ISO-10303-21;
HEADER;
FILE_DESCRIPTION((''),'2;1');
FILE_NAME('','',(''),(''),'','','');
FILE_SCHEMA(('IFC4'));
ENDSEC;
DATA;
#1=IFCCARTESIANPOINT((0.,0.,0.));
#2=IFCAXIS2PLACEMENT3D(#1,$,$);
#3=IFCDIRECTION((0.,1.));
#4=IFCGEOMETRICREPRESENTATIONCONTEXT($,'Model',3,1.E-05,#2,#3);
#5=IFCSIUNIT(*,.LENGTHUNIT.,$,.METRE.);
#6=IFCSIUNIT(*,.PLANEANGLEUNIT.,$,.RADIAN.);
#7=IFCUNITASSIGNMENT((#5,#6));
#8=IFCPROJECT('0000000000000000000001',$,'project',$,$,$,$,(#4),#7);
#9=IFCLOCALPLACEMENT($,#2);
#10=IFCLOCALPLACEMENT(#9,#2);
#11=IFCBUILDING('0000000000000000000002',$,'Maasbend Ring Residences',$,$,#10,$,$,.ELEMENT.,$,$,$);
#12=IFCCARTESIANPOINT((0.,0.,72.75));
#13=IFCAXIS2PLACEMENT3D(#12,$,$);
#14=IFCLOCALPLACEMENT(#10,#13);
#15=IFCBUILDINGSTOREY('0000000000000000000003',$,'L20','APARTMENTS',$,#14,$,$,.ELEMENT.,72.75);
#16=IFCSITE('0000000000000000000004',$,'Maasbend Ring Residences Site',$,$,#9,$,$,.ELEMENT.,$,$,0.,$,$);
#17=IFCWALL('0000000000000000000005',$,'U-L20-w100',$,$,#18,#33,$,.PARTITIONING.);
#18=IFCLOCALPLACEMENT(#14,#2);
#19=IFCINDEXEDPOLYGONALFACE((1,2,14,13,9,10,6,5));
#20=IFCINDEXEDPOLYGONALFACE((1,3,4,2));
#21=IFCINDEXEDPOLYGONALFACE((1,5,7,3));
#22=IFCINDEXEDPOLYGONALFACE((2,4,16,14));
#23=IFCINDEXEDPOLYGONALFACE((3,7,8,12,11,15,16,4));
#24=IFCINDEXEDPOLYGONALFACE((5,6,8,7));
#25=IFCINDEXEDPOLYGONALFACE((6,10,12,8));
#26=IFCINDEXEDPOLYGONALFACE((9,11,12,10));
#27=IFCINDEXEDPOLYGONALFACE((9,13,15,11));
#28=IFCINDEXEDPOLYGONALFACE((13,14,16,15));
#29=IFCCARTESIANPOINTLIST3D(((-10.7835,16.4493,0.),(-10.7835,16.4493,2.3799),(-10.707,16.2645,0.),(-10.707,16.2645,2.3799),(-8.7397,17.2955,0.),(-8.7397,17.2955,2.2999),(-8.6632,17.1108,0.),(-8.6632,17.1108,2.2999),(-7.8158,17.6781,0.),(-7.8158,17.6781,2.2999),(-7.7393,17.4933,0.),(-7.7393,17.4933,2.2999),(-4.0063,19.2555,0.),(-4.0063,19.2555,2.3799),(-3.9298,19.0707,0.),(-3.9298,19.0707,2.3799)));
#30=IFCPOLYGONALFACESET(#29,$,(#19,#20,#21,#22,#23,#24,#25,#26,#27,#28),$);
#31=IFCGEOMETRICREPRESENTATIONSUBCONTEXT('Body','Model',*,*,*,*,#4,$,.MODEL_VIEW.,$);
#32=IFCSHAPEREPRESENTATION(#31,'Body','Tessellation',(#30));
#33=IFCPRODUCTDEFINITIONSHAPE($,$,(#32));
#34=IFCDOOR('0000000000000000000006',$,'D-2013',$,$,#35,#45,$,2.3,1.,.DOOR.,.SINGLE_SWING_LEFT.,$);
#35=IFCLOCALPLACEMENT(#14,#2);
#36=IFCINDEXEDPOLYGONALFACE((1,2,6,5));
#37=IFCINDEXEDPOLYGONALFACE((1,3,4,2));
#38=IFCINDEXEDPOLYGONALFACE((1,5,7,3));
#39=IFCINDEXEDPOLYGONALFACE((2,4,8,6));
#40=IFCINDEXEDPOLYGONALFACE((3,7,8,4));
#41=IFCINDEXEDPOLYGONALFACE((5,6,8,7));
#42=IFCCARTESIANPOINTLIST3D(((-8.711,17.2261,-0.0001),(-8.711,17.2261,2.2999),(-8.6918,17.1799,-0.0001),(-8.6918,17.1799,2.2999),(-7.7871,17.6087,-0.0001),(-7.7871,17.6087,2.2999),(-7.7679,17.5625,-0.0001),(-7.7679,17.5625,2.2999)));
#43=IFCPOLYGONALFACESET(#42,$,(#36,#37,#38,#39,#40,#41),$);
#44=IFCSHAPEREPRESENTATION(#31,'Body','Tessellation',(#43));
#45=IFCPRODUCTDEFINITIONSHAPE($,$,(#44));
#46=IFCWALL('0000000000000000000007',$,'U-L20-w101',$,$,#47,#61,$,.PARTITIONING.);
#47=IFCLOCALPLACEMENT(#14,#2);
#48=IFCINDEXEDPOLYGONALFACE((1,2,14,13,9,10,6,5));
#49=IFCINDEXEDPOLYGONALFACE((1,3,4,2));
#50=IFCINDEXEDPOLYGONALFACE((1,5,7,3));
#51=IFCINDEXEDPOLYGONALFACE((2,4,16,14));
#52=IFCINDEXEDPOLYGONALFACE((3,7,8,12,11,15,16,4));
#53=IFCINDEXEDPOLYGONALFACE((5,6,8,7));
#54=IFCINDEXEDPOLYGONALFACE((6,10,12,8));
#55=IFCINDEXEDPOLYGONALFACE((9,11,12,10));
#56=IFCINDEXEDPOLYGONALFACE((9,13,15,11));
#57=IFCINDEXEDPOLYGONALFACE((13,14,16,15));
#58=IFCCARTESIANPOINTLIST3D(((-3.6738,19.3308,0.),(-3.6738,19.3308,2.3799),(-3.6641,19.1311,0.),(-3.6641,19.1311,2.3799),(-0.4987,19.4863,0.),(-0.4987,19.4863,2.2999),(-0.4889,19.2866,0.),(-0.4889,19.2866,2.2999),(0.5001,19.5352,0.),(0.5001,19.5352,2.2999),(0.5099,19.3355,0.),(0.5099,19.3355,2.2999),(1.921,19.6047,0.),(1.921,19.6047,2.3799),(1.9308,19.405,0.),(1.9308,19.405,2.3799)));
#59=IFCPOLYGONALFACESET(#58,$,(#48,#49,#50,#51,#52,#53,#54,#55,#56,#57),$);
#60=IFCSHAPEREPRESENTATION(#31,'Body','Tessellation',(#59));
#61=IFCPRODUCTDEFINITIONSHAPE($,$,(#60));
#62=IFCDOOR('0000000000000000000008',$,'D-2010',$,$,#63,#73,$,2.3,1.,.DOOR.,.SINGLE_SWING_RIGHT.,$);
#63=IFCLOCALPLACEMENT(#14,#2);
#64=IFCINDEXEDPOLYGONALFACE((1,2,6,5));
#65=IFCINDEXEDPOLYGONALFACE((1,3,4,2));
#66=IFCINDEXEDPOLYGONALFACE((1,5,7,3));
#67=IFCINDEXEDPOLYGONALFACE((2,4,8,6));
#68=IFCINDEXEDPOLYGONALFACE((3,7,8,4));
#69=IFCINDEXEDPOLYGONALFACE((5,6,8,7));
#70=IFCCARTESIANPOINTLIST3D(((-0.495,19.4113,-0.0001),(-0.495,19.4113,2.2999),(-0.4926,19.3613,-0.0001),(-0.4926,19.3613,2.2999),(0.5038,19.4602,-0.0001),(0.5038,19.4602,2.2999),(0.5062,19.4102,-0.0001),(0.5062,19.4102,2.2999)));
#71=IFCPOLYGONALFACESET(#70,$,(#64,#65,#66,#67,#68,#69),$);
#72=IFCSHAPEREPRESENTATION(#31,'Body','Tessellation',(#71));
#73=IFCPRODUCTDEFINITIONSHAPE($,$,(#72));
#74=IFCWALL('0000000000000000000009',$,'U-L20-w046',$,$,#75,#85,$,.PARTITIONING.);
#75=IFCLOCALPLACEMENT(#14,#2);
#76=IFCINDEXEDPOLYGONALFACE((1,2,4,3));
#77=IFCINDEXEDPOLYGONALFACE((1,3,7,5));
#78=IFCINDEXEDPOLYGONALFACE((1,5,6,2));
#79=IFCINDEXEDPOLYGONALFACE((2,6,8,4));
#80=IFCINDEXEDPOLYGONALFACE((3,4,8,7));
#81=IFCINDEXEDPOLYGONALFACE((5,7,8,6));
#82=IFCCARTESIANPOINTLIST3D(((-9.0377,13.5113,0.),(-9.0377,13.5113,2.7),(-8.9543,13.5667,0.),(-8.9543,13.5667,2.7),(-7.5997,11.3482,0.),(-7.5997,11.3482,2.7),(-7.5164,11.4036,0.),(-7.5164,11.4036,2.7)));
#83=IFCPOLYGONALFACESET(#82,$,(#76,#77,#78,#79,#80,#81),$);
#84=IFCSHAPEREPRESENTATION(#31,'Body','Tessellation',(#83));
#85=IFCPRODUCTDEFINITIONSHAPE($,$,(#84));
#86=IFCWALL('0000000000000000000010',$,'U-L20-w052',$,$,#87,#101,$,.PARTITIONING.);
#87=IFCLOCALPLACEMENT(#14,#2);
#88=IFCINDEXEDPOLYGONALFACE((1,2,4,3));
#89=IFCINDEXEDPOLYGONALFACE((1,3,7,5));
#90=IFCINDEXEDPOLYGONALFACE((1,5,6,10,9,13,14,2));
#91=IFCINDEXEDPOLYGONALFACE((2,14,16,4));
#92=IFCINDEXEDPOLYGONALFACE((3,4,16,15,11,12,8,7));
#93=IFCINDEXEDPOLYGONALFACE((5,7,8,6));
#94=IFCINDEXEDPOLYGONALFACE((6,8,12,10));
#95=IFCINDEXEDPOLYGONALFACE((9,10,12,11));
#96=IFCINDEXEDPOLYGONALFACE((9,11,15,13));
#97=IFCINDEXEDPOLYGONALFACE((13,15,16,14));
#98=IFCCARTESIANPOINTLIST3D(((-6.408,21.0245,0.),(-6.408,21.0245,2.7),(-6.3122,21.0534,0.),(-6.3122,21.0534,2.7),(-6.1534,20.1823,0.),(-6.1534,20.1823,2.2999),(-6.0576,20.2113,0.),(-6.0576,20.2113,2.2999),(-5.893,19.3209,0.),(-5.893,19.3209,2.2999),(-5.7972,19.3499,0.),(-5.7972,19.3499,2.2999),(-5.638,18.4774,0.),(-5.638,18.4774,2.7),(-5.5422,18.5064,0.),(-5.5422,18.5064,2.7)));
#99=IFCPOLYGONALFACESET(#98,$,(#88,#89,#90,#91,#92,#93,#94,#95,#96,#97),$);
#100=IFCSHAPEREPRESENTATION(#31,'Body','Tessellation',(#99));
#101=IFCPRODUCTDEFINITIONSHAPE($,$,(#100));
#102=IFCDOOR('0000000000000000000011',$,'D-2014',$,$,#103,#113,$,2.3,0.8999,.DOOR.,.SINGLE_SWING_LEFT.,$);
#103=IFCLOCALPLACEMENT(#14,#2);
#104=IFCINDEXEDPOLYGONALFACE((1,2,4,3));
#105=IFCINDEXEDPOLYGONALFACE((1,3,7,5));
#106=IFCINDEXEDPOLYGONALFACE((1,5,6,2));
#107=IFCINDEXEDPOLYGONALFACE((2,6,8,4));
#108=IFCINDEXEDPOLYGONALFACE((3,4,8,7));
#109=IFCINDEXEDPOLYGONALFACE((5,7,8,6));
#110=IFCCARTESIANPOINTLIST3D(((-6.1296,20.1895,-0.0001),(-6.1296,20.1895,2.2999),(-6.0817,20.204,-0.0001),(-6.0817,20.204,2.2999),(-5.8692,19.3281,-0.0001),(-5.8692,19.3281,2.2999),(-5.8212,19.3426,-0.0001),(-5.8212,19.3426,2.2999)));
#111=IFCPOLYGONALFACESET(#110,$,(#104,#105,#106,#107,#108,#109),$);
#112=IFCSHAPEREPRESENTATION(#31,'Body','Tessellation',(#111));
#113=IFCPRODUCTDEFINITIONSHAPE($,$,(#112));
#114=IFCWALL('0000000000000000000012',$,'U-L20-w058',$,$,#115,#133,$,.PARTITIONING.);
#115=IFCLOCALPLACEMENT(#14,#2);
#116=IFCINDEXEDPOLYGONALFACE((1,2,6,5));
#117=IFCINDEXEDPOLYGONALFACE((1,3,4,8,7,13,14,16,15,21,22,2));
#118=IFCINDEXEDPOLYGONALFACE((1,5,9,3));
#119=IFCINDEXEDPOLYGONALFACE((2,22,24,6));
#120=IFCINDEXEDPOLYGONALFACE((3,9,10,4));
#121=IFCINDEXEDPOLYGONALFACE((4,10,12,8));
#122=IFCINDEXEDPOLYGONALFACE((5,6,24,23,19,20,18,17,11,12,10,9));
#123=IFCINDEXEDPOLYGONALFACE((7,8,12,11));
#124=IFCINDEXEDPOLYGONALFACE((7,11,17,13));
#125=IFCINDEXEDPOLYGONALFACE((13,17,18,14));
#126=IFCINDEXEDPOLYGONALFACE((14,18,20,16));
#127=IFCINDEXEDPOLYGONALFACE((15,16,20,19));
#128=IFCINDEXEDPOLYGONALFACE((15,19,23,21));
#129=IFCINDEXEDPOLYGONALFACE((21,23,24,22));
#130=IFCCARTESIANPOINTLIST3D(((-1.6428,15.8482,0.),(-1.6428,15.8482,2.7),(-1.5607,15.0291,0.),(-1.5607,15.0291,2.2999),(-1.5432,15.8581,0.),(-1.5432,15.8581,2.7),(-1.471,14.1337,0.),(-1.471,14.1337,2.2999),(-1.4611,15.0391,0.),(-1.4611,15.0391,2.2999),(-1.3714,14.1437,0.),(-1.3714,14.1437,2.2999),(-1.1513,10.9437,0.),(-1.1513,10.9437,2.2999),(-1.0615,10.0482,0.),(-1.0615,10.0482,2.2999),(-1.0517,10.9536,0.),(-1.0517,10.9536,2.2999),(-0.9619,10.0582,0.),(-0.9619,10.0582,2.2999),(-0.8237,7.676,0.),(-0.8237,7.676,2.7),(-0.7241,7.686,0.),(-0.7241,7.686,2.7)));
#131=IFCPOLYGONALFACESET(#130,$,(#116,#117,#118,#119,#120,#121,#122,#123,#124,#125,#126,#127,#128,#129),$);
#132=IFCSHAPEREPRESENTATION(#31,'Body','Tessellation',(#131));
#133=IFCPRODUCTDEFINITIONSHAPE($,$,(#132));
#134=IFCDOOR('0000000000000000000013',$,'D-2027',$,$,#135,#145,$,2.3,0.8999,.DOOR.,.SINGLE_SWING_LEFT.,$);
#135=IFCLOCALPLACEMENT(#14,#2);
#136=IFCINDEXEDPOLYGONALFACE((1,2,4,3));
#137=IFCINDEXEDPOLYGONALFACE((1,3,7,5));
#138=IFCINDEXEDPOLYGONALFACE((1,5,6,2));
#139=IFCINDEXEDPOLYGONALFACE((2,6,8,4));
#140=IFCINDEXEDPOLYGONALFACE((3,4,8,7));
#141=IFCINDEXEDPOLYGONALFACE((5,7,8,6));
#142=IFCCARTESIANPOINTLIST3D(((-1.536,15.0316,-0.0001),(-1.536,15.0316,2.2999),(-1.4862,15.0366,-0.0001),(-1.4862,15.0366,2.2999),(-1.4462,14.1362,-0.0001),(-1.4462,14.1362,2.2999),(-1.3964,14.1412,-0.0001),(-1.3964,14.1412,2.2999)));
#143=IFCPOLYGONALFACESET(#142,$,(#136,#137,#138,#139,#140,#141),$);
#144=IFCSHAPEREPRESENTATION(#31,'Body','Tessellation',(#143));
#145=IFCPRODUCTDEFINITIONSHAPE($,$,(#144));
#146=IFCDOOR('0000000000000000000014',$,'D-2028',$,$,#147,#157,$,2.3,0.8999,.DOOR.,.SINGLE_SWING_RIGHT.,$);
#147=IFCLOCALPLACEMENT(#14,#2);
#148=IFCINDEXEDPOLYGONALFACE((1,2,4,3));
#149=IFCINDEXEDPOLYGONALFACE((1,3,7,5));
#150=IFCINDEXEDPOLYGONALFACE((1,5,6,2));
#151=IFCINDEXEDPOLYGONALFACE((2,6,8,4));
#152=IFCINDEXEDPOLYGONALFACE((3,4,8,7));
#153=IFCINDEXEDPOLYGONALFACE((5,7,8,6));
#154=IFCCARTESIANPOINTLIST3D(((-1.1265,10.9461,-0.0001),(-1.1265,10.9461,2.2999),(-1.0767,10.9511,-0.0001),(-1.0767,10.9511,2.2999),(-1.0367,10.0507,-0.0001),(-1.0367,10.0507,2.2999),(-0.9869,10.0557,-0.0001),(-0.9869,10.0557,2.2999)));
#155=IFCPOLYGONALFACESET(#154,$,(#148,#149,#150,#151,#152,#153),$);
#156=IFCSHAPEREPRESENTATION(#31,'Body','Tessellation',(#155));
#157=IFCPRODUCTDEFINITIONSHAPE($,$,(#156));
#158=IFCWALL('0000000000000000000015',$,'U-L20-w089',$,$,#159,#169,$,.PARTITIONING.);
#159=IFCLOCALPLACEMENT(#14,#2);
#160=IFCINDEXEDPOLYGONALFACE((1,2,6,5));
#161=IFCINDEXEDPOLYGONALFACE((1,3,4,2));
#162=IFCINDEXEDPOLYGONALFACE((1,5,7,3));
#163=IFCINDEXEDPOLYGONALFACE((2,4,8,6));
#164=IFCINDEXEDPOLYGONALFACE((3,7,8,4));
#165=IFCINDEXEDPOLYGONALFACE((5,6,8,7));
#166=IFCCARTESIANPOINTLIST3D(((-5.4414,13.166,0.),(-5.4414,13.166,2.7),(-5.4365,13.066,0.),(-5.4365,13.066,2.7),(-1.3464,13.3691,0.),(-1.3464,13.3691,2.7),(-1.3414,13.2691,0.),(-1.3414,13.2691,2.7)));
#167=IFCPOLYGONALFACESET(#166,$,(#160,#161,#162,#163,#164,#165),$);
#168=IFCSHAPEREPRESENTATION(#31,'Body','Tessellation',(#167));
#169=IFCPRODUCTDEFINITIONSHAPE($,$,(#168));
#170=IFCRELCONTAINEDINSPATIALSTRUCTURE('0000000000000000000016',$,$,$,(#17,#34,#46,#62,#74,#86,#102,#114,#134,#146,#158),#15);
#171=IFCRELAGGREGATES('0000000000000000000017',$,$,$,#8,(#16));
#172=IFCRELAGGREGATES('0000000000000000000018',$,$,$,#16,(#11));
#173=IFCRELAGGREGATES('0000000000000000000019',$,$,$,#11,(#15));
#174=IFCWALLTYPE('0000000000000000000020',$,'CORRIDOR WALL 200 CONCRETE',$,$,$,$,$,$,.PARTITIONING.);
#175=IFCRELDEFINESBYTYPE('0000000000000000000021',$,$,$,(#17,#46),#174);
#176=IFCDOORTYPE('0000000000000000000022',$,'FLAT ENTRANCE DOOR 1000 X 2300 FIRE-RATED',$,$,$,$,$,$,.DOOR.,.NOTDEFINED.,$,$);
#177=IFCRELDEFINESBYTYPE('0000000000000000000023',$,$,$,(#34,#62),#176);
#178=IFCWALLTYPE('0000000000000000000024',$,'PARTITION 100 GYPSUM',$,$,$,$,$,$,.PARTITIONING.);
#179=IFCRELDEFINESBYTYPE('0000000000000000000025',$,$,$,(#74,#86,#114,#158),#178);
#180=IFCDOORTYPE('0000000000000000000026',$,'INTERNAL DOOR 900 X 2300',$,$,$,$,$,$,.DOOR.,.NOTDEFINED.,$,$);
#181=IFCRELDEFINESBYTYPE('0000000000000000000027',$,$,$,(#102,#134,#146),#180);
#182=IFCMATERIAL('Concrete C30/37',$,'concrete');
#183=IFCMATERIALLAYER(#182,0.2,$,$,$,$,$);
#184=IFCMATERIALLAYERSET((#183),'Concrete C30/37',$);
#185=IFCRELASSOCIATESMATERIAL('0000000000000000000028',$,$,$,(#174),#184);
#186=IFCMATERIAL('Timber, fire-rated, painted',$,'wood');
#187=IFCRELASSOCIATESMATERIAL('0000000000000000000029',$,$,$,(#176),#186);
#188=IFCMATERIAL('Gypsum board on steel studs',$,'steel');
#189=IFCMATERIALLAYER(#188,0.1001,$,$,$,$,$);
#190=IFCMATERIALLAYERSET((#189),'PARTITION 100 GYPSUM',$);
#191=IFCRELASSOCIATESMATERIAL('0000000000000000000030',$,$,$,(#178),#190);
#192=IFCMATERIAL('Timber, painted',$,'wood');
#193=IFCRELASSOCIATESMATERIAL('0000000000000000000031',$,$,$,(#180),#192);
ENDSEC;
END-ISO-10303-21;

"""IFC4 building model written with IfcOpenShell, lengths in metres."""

from ifc_helpers import new_model, si_unit, direction, frame, frame_2d, origin, place, context, subcontext, project, spatial, rectangle, extrude, material, layer, layer_set, type_object, element, fill, save


model = new_model("IFC4")

# Units and contexts
model_context = context("Model", 3, precision=1e-05, world=origin(), true_north=direction((0.0, 1.0)))
body_context = subcontext(model_context, "Body", "Model", "MODEL_VIEW")
ifc_project = project(units=[si_unit("LENGTHUNIT", "METRE"), si_unit("PLANEANGLEUNIT", "RADIAN")], contexts=[model_context])

# Site, building, storey
site_placement = place(None, origin())
site = spatial("IfcSite", under=ifc_project, at=site_placement, Name="Maasbend Ring Residences Site", CompositionType="ELEMENT", RefElevation=0.0)
building_placement = place(site_placement, origin())
building = spatial("IfcBuilding", under=site, at=building_placement, Name="Maasbend Ring Residences", CompositionType="ELEMENT")
storey_placement = place(building_placement, frame((0.0, 0.0, 72.75)))
storey = spatial("IfcBuildingStorey", under=building, at=storey_placement, Name="L20", Description="APARTMENTS", CompositionType="ELEMENT", Elevation=72.75)

# Walls, openings, doors
ifc_material_1 = material(Name="Concrete C30/37", Category="concrete")
ifc_layer_1 = layer(ifc_material_1, 0.2)
ifc_layer_set_1 = layer_set([ifc_layer_1], Name="Concrete C30/37")
wall_type_1 = type_object("IfcWallType", Name="CORRIDOR WALL 200 CONCRETE", PredefinedType="PARTITIONING", material=ifc_layer_set_1)
ifc_material_2 = material(Name="Timber, fire-rated, painted", Category="wood")
door_type_1 = type_object("IfcDoorType", Name="FLAT ENTRANCE DOOR 1000 X 2300 FIRE-RATED", OperationType="NOTDEFINED", PredefinedType="DOOR", material=ifc_material_2)
wall_1_placement = place(storey_placement, frame((-10.7451, 16.3569, 0.0), z_axis=(0.0, 0.0, 1.0), x_axis=(0.923928, 0.382565, 0.0)))
wall_1 = element("IfcWall", 1, at=wall_1_placement, inside=storey, type_object=wall_type_1, Name="U-L20-w100", PredefinedType="PARTITIONING", context=body_context, shape_type="SweptSolid", body=[
    extrude(rectangle(XDim=7.3352, YDim=0.2, at=frame_2d((3.6675, 0.0))), origin(), (0.0, 0.0, 1.0), 2.3799),
])
opening_1_placement = place(wall_1_placement, frame((2.2119, 0.0, 0.0)))
opening_1 = element("IfcOpeningElement", 2, at=opening_1_placement, cuts=wall_1, PredefinedType="OPENING", context=body_context, shape_type="SweptSolid", body=[
    extrude(rectangle(XDim=1.0, YDim=2.3, at=frame_2d((0.5, 1.1499))), frame((0.0, 0.1099, 0.0), z_axis=(0.0, -1.0, 0.0), x_axis=(1.0, 0.0, 0.0)), (0.0, 0.0, 1.0), 0.22),
])
door_1_placement = place(opening_1_placement, origin())
door_1 = element("IfcDoor", 3, at=door_1_placement, inside=storey, type_object=door_type_1, Name="D-2013", OperationType="SINGLE_SWING_LEFT", OverallHeight=2.3, OverallWidth=1.0, PredefinedType="DOOR", context=body_context, shape_type="SweptSolid", body=[
    extrude(rectangle(XDim=1.0, YDim=2.3, at=frame_2d((0.5, 1.1499))), frame((0.0, 0.0249, 0.0), z_axis=(0.0, -1.0, 0.0), x_axis=(1.0, 0.0, 0.0)), (0.0, 0.0, 1.0), 0.05),
])
fill(opening_1, door_1)
wall_2_placement = place(storey_placement, frame((-3.6689, 19.231, 0.0), z_axis=(0.0, 0.0, 1.0), x_axis=(0.998804, 0.048901, 0.0)))
wall_2 = element("IfcWall", 4, at=wall_2_placement, inside=storey, type_object=wall_type_1, Name="U-L20-w101", PredefinedType="PARTITIONING", context=body_context, shape_type="SweptSolid", body=[
    extrude(rectangle(XDim=5.6016, YDim=0.2, at=frame_2d((2.8008, 0.0))), origin(), (0.0, 0.0, 1.0), 2.3799),
])
opening_2_placement = place(wall_2_placement, frame((3.179, 0.0, 0.0)))
opening_2 = element("IfcOpeningElement", 5, at=opening_2_placement, cuts=wall_2, PredefinedType="OPENING", context=body_context, shape_type="SweptSolid", body=[
    extrude(rectangle(XDim=1.0, YDim=2.3, at=frame_2d((0.5, 1.1499))), frame((0.0, 0.1099, 0.0), z_axis=(0.0, -1.0, 0.0), x_axis=(1.0, 0.0, 0.0)), (0.0, 0.0, 1.0), 0.22),
])
door_2_placement = place(opening_2_placement, origin())
door_2 = element("IfcDoor", 6, at=door_2_placement, inside=storey, type_object=door_type_1, Name="D-2010", OperationType="SINGLE_SWING_RIGHT", OverallHeight=2.3, OverallWidth=1.0, PredefinedType="DOOR", context=body_context, shape_type="SweptSolid", body=[
    extrude(rectangle(XDim=1.0, YDim=2.3, at=frame_2d((0.5, 1.1499))), frame((0.0, 0.0249, 0.0), z_axis=(0.0, -1.0, 0.0), x_axis=(1.0, 0.0, 0.0)), (0.0, 0.0, 1.0), 0.05),
])
fill(opening_2, door_2)

# Wall
ifc_material_3 = material(Name="Gypsum board on steel studs", Category="steel")
ifc_layer_2 = layer(ifc_material_3, 0.1001)
ifc_layer_set_2 = layer_set([ifc_layer_2], Name="PARTITION 100 GYPSUM")
wall_type_2 = type_object("IfcWallType", Name="PARTITION 100 GYPSUM", PredefinedType="PARTITIONING", material=ifc_layer_set_2)
wall_3_placement = place(storey_placement, frame((-8.9961, 13.5391, 0.0), z_axis=(0.0, 0.0, 1.0), x_axis=(0.553615, -0.832773, 0.0)))
element("IfcWall", 7, at=wall_3_placement, inside=storey, type_object=wall_type_2, Name="U-L20-w046", PredefinedType="PARTITIONING", context=body_context, shape_type="SweptSolid", body=[
    extrude(rectangle(XDim=2.5974, YDim=0.1001, at=frame_2d((1.2988, 0.0))), origin(), (0.0, 0.0, 1.0), 2.7),
])

# Wall, opening, door
wall_4_placement = place(storey_placement, frame((-6.3601, 21.0391, 0.0), z_axis=(0.0, 0.0, 1.0), x_axis=(0.289376, -0.957216, 0.0)))
wall_4 = element("IfcWall", 8, at=wall_4_placement, inside=storey, type_object=wall_type_2, Name="U-L20-w052", PredefinedType="PARTITIONING", context=body_context, shape_type="SweptSolid", body=[
    extrude(rectangle(XDim=2.6609, YDim=0.1001, at=frame_2d((1.3306, 0.0))), origin(), (0.0, 0.0, 1.0), 2.7),
])
opening_3_placement = place(wall_4_placement, frame((0.8799, 0.0, 0.0)))
opening_3 = element("IfcOpeningElement", 9, at=opening_3_placement, cuts=wall_4, PredefinedType="OPENING", context=body_context, shape_type="SweptSolid", body=[
    extrude(rectangle(XDim=0.8999, YDim=2.3, at=frame_2d((0.45, 1.1499))), frame((0.0, 0.0601, 0.0), z_axis=(0.0, -1.0, 0.0), x_axis=(1.0, 0.0, 0.0)), (0.0, 0.0, 1.0), 0.1201),
])
ifc_material_4 = material(Name="Timber, painted", Category="wood")
door_type_2 = type_object("IfcDoorType", Name="INTERNAL DOOR 900 X 2300", OperationType="NOTDEFINED", PredefinedType="DOOR", material=ifc_material_4)
door_3_placement = place(opening_3_placement, origin())
door_3 = element("IfcDoor", 10, at=door_3_placement, inside=storey, type_object=door_type_2, Name="D-2014", OperationType="SINGLE_SWING_LEFT", OverallHeight=2.3, OverallWidth=0.8999, PredefinedType="DOOR", context=body_context, shape_type="SweptSolid", body=[
    extrude(rectangle(XDim=0.8999, YDim=2.3, at=frame_2d((0.45, 1.1499))), frame((0.0, 0.0249, 0.0), z_axis=(0.0, -1.0, 0.0), x_axis=(1.0, 0.0, 0.0)), (0.0, 0.0, 1.0), 0.05),
])
fill(opening_3, door_3)

# Wall, openings, doors
wall_5_placement = place(storey_placement, frame((-1.593, 15.853, 0.0), z_axis=(0.0, 0.0, 1.0), x_axis=(0.09973, -0.995015, 0.0)))
wall_5 = element("IfcWall", 11, at=wall_5_placement, inside=storey, type_object=wall_type_2, Name="U-L20-w058", PredefinedType="PARTITIONING", context=body_context, shape_type="SweptSolid", body=[
    extrude(rectangle(XDim=8.2131, YDim=0.1001, at=frame_2d((4.1064, 0.0))), origin(), (0.0, 0.0, 1.0), 2.7),
])
opening_4_placement = place(wall_5_placement, frame((0.823, 0.0, 0.0)))
opening_4 = element("IfcOpeningElement", 12, at=opening_4_placement, cuts=wall_5, PredefinedType="OPENING", context=body_context, shape_type="SweptSolid", body=[
    extrude(rectangle(XDim=0.8999, YDim=2.3, at=frame_2d((0.45, 1.1499))), frame((0.0, 0.0601, 0.0), z_axis=(0.0, -1.0, 0.0), x_axis=(1.0, 0.0, 0.0)), (0.0, 0.0, 1.0), 0.1201),
])
opening_5_placement = place(wall_5_placement, frame((4.929, 0.0, 0.0)))
opening_5 = element("IfcOpeningElement", 13, at=opening_5_placement, cuts=wall_5, PredefinedType="OPENING", context=body_context, shape_type="SweptSolid", body=[
    extrude(rectangle(XDim=0.8999, YDim=2.3, at=frame_2d((0.45, 1.1499))), frame((0.0, 0.0601, 0.0), z_axis=(0.0, -1.0, 0.0), x_axis=(1.0, 0.0, 0.0)), (0.0, 0.0, 1.0), 0.1201),
])
door_4_placement = place(opening_4_placement, origin())
door_4 = element("IfcDoor", 14, at=door_4_placement, inside=storey, type_object=door_type_2, Name="D-2027", OperationType="SINGLE_SWING_LEFT", OverallHeight=2.3, OverallWidth=0.8999, PredefinedType="DOOR", context=body_context, shape_type="SweptSolid", body=[
    extrude(rectangle(XDim=0.8999, YDim=2.3, at=frame_2d((0.45, 1.1499))), frame((0.0, 0.0249, 0.0), z_axis=(0.0, -1.0, 0.0), x_axis=(1.0, 0.0, 0.0)), (0.0, 0.0, 1.0), 0.05),
])
fill(opening_4, door_4)
door_5_placement = place(opening_5_placement, origin())
door_5 = element("IfcDoor", 15, at=door_5_placement, inside=storey, type_object=door_type_2, Name="D-2028", OperationType="SINGLE_SWING_RIGHT", OverallHeight=2.3, OverallWidth=0.8999, PredefinedType="DOOR", context=body_context, shape_type="SweptSolid", body=[
    extrude(rectangle(XDim=0.8999, YDim=2.3, at=frame_2d((0.45, 1.1499))), frame((0.0, 0.0249, 0.0), z_axis=(0.0, -1.0, 0.0), x_axis=(1.0, 0.0, 0.0)), (0.0, 0.0, 1.0), 0.05),
])
fill(opening_5, door_5)

# Wall
wall_6_placement = place(storey_placement, frame((-5.439, 13.116, 0.0), z_axis=(0.0, 0.0, 1.0), x_axis=(0.998772, 0.049543, 0.0)))
element("IfcWall", 16, at=wall_6_placement, inside=storey, type_object=wall_type_2, Name="U-L20-w089", PredefinedType="PARTITIONING", context=body_context, shape_type="SweptSolid", body=[
    extrude(rectangle(XDim=4.1001, YDim=0.1001, at=frame_2d((2.05, 0.0))), origin(), (0.0, 0.0, 1.0), 2.7),
])

save(model, "model.ifc")
